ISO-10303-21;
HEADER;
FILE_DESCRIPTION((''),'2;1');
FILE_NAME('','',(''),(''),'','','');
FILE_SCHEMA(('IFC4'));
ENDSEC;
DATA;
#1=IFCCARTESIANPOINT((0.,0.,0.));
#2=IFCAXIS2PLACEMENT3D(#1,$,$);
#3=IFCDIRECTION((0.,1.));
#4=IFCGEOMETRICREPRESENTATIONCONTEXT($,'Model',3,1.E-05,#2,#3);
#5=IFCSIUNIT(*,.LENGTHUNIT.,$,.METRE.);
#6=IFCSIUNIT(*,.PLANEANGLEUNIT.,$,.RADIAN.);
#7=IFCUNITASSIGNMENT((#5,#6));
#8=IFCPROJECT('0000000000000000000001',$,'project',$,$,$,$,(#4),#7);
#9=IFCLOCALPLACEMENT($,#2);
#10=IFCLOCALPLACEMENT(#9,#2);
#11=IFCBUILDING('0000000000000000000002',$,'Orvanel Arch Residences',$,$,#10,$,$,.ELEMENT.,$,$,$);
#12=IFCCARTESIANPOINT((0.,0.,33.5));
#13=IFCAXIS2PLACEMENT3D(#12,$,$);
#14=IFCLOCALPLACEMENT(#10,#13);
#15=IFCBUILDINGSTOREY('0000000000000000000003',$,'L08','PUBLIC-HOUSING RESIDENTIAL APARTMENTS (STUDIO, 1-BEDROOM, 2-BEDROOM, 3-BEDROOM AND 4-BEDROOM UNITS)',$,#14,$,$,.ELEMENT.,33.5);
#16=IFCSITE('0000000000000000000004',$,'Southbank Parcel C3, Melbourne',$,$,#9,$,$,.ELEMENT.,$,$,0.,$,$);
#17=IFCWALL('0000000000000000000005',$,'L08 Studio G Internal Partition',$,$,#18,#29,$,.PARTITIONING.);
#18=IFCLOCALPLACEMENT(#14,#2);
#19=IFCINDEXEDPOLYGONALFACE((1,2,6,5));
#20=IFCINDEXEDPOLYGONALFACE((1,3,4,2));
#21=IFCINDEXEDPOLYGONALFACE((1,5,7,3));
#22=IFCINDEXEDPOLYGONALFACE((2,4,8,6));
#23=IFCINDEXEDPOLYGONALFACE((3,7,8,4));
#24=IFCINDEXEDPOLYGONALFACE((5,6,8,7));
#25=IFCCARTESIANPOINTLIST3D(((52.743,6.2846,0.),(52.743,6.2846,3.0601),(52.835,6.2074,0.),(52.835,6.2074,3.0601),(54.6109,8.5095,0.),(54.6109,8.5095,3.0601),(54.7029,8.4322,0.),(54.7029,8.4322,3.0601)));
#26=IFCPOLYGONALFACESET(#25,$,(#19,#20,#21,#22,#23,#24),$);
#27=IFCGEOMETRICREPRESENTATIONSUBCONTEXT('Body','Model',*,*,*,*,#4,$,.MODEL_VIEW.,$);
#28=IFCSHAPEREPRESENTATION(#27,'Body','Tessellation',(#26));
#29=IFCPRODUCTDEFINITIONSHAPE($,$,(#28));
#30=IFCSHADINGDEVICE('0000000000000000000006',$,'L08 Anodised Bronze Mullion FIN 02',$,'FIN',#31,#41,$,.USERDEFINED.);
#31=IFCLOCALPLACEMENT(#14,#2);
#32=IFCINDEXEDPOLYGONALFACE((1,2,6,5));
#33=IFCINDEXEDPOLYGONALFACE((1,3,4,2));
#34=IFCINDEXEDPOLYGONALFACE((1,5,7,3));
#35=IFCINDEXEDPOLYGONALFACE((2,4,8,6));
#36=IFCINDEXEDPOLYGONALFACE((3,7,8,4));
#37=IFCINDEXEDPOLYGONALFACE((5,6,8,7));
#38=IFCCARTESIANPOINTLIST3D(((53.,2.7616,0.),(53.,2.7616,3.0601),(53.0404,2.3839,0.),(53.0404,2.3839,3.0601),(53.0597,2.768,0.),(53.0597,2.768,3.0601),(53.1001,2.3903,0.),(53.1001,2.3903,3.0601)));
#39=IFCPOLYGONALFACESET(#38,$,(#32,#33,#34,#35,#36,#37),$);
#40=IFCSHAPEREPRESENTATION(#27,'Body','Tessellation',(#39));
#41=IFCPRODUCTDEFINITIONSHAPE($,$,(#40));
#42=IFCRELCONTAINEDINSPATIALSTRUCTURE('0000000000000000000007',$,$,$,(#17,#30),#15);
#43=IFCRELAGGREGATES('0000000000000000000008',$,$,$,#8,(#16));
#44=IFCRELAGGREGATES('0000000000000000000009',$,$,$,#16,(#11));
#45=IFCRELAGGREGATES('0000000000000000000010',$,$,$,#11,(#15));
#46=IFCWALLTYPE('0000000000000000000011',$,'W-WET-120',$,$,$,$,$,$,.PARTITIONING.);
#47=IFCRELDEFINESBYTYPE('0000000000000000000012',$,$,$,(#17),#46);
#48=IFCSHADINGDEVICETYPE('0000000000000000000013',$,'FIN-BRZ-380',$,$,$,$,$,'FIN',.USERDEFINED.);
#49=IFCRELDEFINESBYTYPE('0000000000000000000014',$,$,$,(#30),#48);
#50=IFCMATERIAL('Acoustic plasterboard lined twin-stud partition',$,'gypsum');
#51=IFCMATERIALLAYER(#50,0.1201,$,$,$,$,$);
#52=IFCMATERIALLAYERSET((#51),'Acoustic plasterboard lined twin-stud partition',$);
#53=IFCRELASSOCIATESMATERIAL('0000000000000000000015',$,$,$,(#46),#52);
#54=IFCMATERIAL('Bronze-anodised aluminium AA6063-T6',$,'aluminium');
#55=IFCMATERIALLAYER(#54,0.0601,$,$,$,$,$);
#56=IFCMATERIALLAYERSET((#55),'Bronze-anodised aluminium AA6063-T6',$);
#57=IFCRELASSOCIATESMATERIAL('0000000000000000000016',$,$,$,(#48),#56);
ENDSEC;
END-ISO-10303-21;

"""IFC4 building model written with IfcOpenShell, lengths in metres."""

from ifc_helpers import new_model, si_unit, direction, frame, frame_2d, origin, origin_2d, place, context, subcontext, project, spatial, rectangle, extrude, material, layer, layer_set, type_object, element, save


model = new_model("IFC4")

# Units and contexts
model_context = context("Model", 3, precision=1e-05, world=origin(), true_north=direction((0.0, 1.0)))
body_context = subcontext(model_context, "Body", "Model", "MODEL_VIEW")
ifc_project = project(units=[si_unit("LENGTHUNIT", "METRE"), si_unit("PLANEANGLEUNIT", "RADIAN")], contexts=[model_context])

# Site, building, storey
site_placement = place(None, origin())
site = spatial("IfcSite", under=ifc_project, at=site_placement, Name="Southbank Parcel C3, Melbourne", CompositionType="ELEMENT", RefElevation=0.0)
building_placement = place(site_placement, origin())
building = spatial("IfcBuilding", under=site, at=building_placement, Name="Orvanel Arch Residences", CompositionType="ELEMENT")
storey_placement = place(building_placement, frame((0.0, 0.0, 33.5)))
storey = spatial("IfcBuildingStorey", under=building, at=storey_placement, Name="L08", Description="PUBLIC-HOUSING RESIDENTIAL APARTMENTS (STUDIO, 1-BEDROOM, 2-BEDROOM, 3-BEDROOM AND 4-BEDROOM UNITS)", CompositionType="ELEMENT", Elevation=33.5)

# Shared definitions
ifc_material_1 = material(Name="Bronze-anodised aluminium AA6063-T6", Category="aluminium")

# Shared definitions
ifc_material_2 = material(Name="Acoustic plasterboard lined twin-stud partition", Category="gypsum")
ifc_layer_1 = layer(ifc_material_2, 0.1201)
ifc_layer_set_1 = layer_set([ifc_layer_1], Name="Acoustic plasterboard lined twin-stud partition")
wall_type = type_object("IfcWallType", Name="W-WET-120", PredefinedType="PARTITIONING", material=ifc_layer_set_1)

# Wall
wall_1_placement = place(storey_placement, frame((54.657, 8.4709, 0.0), z_axis=(0.0, 0.0, 1.0), x_axis=(-0.642999, -0.765867, 0.0)))
element("IfcWall", 1, at=wall_1_placement, inside=storey, type_object=wall_type, Name="L08 Studio G Internal Partition", PredefinedType="PARTITIONING", context=body_context, shape_type="SweptSolid", body=[
    extrude(rectangle(XDim=2.905, YDim=0.1201, at=frame_2d((1.4526, 0.0))), origin(), (0.0, 0.0, 1.0), 3.0601),
])

# Shading device
ifc_layer_2 = layer(ifc_material_1, 0.0601)
ifc_layer_set_2 = layer_set([ifc_layer_2], Name="Bronze-anodised aluminium AA6063-T6")
shading_device_type = type_object("IfcShadingDeviceType", Name="FIN-BRZ-380", ElementType="FIN", PredefinedType="USERDEFINED", material=ifc_layer_set_2)
shading_device_placement = place(storey_placement, frame((53.05, 2.5759, 0.0), z_axis=(0.0, 0.0, 1.0), x_axis=(0.106264, -0.994338, 0.0)))
element("IfcShadingDevice", 2, at=shading_device_placement, inside=storey, type_object=shading_device_type, Name="L08 Anodised Bronze Mullion FIN 02", ObjectType="FIN", PredefinedType="USERDEFINED", context=body_context, shape_type="SweptSolid", body=[
    extrude(rectangle(XDim=0.3799, YDim=0.0601, at=origin_2d()), origin(), (0.0, 0.0, 1.0), 3.0601),
])

save(model, "model.ifc")
